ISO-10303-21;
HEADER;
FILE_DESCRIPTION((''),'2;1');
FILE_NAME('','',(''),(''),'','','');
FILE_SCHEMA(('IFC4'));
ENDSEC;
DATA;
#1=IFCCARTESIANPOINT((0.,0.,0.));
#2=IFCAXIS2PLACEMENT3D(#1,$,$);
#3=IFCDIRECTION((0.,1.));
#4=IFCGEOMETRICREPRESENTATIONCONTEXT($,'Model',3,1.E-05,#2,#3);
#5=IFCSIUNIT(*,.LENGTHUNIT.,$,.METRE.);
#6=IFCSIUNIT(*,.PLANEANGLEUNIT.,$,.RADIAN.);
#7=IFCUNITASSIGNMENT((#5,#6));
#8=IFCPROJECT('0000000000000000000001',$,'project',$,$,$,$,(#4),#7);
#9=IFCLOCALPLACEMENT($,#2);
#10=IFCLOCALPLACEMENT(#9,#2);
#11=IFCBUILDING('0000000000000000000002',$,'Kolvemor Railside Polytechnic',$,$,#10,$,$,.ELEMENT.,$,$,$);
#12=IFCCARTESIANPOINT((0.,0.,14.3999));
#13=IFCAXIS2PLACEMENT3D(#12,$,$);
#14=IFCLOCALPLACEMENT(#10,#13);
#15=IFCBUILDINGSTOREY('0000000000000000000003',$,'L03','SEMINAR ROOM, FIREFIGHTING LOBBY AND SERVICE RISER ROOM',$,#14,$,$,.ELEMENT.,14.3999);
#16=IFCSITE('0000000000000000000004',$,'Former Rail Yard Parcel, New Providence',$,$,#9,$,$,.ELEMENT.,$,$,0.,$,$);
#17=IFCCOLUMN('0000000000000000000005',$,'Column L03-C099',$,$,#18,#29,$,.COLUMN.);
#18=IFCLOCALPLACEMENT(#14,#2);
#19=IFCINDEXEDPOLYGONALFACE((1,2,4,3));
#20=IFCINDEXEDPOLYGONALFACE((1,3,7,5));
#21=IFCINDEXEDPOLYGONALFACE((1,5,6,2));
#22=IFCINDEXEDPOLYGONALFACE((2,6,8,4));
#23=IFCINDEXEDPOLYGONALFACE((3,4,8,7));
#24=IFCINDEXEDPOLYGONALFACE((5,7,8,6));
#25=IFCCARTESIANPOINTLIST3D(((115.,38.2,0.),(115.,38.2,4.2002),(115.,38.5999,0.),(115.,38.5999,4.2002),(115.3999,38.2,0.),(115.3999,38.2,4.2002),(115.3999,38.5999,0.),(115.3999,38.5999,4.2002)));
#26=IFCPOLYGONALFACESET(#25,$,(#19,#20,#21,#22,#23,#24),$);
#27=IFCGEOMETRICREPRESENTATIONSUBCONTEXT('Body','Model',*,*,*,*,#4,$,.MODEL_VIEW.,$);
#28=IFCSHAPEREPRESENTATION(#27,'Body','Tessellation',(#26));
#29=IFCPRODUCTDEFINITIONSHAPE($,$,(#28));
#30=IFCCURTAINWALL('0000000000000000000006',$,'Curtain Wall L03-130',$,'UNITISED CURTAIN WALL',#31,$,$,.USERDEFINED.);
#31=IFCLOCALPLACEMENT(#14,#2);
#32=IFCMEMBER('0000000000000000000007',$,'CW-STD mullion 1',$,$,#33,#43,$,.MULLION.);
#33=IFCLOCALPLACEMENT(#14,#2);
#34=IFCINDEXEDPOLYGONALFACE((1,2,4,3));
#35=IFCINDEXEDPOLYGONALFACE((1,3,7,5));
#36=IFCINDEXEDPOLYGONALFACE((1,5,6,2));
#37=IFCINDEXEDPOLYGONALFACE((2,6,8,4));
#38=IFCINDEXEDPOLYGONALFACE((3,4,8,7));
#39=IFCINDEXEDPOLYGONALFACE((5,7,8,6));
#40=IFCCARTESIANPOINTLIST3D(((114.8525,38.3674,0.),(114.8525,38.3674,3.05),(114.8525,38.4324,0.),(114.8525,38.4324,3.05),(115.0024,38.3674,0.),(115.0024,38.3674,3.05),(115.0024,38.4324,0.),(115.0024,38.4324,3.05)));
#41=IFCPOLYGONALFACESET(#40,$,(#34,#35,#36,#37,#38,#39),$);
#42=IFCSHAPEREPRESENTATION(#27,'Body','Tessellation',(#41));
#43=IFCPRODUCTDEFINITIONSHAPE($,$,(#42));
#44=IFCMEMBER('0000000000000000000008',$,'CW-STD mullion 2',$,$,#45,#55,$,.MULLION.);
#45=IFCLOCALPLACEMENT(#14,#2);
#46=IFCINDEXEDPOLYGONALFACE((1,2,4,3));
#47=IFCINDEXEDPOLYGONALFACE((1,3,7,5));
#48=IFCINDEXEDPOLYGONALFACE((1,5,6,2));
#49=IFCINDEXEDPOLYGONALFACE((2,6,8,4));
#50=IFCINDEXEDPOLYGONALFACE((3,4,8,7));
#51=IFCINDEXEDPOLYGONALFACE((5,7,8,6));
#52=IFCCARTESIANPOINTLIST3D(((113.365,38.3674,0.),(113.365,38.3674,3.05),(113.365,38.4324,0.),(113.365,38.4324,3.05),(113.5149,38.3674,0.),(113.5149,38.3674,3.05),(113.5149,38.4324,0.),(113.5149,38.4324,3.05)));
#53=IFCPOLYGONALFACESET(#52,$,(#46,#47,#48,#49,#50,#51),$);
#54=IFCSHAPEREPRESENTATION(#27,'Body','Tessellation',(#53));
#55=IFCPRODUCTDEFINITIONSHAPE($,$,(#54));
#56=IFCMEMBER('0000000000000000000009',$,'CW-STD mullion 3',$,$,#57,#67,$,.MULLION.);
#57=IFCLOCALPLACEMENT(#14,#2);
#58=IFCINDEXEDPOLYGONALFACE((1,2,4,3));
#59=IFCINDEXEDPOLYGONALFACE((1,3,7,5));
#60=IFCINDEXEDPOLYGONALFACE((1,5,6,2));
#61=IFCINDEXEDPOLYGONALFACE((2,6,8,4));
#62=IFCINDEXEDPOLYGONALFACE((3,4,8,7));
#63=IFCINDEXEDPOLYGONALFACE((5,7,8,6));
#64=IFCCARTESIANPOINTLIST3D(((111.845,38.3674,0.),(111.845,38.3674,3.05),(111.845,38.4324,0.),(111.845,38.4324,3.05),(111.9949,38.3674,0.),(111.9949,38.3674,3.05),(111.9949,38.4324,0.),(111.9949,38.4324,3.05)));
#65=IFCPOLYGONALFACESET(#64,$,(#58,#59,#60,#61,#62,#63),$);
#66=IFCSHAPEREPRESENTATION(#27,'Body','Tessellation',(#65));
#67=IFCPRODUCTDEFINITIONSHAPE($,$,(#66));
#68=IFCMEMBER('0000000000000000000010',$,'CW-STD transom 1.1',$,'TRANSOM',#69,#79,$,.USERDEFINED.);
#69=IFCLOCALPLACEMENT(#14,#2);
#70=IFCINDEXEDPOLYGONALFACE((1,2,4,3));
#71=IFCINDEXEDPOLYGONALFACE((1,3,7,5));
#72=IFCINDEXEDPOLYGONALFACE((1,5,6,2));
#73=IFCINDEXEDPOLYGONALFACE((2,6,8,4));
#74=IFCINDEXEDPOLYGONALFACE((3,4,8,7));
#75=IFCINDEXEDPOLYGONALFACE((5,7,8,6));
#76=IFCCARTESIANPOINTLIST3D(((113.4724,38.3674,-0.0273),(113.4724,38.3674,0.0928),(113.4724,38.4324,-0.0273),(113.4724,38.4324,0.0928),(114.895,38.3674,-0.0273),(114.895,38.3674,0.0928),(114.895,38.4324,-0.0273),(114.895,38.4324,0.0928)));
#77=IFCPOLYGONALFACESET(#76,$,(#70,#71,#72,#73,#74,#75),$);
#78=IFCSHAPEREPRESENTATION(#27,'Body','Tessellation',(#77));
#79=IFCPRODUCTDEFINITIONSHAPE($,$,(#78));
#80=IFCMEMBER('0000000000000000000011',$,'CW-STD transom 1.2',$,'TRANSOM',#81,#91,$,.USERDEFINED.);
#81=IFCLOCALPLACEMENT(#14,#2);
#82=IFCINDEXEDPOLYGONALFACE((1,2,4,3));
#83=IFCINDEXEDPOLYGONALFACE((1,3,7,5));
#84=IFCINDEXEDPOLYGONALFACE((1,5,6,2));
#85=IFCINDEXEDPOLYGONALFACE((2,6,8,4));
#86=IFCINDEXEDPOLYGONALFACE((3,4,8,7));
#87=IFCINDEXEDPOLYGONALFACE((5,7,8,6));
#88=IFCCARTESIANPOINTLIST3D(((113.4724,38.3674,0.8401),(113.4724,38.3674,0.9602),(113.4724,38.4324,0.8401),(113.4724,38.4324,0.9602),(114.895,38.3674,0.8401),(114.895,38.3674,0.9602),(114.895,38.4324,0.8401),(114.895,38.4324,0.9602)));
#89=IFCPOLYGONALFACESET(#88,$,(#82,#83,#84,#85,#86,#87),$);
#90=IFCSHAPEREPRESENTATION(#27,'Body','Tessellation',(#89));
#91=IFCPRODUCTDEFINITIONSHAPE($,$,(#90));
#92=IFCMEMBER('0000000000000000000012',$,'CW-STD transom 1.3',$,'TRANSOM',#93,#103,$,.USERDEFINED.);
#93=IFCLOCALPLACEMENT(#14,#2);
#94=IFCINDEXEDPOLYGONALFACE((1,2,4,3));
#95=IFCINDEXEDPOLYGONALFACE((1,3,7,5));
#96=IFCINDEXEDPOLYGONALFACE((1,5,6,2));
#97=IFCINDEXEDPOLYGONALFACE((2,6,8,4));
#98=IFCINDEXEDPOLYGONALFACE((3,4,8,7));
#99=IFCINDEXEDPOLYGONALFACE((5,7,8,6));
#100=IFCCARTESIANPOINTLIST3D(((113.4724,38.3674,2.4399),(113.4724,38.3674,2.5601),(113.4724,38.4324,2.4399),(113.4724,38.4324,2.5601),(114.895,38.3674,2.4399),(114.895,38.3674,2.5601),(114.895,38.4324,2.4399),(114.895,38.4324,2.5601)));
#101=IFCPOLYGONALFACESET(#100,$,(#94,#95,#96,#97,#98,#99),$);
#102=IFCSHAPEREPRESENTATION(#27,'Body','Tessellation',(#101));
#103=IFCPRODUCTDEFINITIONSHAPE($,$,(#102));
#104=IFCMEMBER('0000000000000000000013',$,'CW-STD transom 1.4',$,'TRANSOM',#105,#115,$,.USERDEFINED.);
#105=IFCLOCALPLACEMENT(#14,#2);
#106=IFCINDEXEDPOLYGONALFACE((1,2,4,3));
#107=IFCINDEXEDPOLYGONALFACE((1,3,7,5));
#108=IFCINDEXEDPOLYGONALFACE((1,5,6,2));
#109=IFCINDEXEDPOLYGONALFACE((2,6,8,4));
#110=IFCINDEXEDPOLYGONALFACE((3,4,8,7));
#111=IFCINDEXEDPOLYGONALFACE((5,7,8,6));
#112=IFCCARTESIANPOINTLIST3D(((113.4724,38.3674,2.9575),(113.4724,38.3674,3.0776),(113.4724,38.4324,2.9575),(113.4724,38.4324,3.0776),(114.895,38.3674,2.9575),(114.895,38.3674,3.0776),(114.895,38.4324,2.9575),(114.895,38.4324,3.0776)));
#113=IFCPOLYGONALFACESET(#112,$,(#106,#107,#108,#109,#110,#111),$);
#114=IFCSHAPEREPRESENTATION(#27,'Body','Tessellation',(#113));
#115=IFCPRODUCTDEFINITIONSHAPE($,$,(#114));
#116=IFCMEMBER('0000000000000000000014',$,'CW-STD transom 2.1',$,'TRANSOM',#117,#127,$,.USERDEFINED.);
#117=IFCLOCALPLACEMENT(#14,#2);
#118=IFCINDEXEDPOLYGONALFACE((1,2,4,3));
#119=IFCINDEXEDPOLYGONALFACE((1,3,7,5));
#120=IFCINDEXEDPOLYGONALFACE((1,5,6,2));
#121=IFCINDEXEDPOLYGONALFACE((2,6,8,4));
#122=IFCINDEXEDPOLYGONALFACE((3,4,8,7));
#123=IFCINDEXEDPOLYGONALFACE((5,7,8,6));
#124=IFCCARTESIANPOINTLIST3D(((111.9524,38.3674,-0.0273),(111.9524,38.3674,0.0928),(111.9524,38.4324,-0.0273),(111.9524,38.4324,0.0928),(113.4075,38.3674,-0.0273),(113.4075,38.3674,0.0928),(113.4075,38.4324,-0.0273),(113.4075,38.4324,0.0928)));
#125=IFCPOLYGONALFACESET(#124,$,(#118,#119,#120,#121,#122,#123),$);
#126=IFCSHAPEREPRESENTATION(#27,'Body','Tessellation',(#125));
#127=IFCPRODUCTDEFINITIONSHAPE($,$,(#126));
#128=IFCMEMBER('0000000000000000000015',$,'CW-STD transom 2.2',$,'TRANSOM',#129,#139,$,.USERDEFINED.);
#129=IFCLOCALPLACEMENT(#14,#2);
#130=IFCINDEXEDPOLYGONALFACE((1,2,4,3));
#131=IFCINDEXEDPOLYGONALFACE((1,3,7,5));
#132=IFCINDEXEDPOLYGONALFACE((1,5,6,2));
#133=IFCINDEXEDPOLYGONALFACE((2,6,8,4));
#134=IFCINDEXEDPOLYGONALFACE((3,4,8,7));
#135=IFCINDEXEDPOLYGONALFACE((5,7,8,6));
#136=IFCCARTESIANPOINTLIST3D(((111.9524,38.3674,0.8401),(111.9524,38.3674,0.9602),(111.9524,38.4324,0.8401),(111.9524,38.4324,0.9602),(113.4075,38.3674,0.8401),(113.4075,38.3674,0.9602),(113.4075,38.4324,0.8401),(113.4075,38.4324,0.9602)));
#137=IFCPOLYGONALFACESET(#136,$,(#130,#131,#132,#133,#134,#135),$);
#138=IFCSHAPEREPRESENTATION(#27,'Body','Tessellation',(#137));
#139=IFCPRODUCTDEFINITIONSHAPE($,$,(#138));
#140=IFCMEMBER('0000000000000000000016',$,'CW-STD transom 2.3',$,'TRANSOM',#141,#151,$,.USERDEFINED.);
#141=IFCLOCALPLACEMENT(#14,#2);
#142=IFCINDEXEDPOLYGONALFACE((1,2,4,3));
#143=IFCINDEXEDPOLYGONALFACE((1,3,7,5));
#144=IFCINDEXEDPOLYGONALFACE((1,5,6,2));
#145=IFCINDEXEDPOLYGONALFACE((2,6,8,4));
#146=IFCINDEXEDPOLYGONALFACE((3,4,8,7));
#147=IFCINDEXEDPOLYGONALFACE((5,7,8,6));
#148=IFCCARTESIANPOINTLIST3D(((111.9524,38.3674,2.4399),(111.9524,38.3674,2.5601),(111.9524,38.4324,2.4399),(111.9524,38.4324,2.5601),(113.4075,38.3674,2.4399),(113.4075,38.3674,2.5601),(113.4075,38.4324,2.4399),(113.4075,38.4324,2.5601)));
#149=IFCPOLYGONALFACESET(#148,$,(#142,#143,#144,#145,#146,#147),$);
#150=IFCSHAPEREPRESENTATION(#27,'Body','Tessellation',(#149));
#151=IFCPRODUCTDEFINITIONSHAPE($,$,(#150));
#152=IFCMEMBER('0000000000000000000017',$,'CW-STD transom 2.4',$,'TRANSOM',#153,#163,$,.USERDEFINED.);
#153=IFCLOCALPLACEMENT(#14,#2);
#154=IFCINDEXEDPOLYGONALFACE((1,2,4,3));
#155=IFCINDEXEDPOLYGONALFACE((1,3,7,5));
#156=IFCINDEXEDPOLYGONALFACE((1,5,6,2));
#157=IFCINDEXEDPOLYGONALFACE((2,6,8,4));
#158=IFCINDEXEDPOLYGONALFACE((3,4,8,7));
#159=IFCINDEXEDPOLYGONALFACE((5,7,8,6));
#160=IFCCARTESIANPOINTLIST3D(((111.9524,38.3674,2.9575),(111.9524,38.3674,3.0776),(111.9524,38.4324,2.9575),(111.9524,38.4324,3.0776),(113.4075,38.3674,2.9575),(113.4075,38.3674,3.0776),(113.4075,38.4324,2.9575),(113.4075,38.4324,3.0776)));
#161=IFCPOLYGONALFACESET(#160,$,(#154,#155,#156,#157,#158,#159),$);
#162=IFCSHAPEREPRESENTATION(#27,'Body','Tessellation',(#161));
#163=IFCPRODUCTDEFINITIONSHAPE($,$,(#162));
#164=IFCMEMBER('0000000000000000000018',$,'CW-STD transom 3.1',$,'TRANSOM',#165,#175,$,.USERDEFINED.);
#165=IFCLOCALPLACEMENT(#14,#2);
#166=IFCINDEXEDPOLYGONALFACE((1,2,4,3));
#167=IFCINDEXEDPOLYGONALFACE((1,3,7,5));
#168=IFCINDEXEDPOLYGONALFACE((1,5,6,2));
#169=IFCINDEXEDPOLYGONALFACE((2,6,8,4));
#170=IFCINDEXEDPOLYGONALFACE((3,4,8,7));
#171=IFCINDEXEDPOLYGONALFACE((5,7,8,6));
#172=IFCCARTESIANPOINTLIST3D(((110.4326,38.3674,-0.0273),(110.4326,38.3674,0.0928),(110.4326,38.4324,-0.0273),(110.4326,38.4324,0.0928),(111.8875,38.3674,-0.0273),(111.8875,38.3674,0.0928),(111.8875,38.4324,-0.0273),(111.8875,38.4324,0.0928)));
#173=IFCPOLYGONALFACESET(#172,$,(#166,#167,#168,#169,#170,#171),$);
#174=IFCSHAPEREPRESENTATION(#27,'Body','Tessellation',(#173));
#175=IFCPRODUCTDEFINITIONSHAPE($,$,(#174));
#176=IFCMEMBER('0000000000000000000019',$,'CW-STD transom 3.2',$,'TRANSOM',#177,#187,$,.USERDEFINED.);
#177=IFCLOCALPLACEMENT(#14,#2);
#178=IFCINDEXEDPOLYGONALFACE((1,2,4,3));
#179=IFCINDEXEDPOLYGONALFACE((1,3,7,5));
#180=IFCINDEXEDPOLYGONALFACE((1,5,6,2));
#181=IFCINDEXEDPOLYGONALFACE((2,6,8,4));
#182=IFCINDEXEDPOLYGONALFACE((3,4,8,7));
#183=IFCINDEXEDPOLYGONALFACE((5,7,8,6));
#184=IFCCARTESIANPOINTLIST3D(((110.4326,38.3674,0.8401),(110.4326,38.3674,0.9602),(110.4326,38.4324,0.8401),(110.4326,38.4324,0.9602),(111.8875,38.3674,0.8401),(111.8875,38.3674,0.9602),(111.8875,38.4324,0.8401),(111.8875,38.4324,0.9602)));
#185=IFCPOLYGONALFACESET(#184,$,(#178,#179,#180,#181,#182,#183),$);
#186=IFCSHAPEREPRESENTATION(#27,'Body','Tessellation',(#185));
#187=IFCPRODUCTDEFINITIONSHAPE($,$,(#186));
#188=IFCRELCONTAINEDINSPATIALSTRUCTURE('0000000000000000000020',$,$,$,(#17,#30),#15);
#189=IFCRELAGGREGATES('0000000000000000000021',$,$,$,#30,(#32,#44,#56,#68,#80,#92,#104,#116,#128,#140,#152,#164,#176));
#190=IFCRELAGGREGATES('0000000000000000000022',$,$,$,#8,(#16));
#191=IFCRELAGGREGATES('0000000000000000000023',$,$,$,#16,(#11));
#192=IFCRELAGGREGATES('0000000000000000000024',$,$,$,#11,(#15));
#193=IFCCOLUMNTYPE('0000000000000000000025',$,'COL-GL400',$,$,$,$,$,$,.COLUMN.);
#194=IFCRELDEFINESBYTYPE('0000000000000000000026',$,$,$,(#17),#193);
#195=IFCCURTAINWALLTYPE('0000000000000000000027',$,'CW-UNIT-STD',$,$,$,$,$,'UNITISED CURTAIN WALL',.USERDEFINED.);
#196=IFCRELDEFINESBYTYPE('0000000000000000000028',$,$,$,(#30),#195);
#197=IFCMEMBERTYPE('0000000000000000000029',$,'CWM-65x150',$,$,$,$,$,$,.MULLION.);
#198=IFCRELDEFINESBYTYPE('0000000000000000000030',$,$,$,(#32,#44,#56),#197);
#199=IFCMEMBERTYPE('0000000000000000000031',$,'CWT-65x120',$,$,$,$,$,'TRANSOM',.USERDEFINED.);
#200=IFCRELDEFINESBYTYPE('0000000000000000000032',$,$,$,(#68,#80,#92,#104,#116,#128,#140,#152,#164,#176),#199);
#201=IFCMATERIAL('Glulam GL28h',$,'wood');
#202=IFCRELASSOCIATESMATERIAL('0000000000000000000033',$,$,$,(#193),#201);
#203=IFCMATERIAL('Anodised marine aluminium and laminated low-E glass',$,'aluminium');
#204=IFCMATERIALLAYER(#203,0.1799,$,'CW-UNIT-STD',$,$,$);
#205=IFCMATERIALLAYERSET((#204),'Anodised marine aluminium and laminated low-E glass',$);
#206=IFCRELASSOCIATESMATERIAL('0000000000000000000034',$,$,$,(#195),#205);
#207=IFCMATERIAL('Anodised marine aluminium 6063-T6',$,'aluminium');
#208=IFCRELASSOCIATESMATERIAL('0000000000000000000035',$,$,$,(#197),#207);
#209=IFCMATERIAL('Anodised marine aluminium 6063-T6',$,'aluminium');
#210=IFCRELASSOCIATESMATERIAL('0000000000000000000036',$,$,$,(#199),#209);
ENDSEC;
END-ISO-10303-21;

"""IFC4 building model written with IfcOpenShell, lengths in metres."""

from ifc_helpers import new_model, si_unit, direction, frame, origin, origin_2d, place, context, subcontext, project, spatial, rectangle, extrude, material, layer, layer_set, material_profile, profile_set, type_object, element, aggregate, save


model = new_model("IFC4")

# Units and contexts
model_context = context("Model", 3, precision=1e-05, world=origin(), true_north=direction((0.0, 1.0)))
body_context = subcontext(model_context, "Body", "Model", "MODEL_VIEW")
ifc_project = project(units=[si_unit("LENGTHUNIT", "METRE"), si_unit("PLANEANGLEUNIT", "RADIAN")], contexts=[model_context])

# Site, building, storey
site_placement = place(None, origin())
site = spatial("IfcSite", under=ifc_project, at=site_placement, Name="Former Rail Yard Parcel, New Providence", CompositionType="ELEMENT", RefElevation=0.0)
building_placement = place(site_placement, origin())
building = spatial("IfcBuilding", under=site, at=building_placement, Name="Kolvemor Railside Polytechnic", CompositionType="ELEMENT")
storey_placement = place(building_placement, frame((0.0, 0.0, 14.3999)))
storey = spatial("IfcBuildingStorey", under=building, at=storey_placement, Name="L03", Description="SEMINAR ROOM, FIREFIGHTING LOBBY AND SERVICE RISER ROOM", CompositionType="ELEMENT", Elevation=14.3999)

# Column
ifc_material_1 = material(Name="Glulam GL28h", Category="wood")
ifc_material_profile_1 = material_profile(ifc_material_1, rectangle(XDim=0.3999, YDim=0.3999, at=origin_2d()), Name="GL400x400")
ifc_profile_set_1 = profile_set([ifc_material_profile_1], Name="Glulam GL28h")
column_type = type_object("IfcColumnType", Name="COL-GL400", PredefinedType="COLUMN", material=ifc_profile_set_1)
column_placement = place(storey_placement, frame((115.2, 38.3999, 0.0), z_axis=(0.0, 0.0, 1.0), x_axis=(1.0, 0.0, 0.0)))
element("IfcColumn", 1, at=column_placement, inside=storey, type_object=column_type, Name="Column L03-C099", PredefinedType="COLUMN", context=body_context, shape_type="SweptSolid", body=[
    extrude(rectangle(XDim=0.3999, YDim=0.3999, at=origin_2d()), origin(), (0.0, 0.0, 1.0), 4.2002),
])

# Curtain wall, members
ifc_material_2 = material(Name="Anodised marine aluminium and laminated low-E glass", Category="aluminium")
ifc_layer_1 = layer(ifc_material_2, 0.1799, Name="CW-UNIT-STD")
ifc_layer_set_1 = layer_set([ifc_layer_1], Name="Anodised marine aluminium and laminated low-E glass")
curtain_wall_type = type_object("IfcCurtainWallType", Name="CW-UNIT-STD", ElementType="UNITISED CURTAIN WALL", PredefinedType="USERDEFINED", material=ifc_layer_set_1)
curtain_wall_placement = place(storey_placement, origin())
curtain_wall = element("IfcCurtainWall", 2, at=curtain_wall_placement, inside=storey, type_object=curtain_wall_type, Name="Curtain Wall L03-130", ObjectType="UNITISED CURTAIN WALL", PredefinedType="USERDEFINED")
ifc_material_3 = material(Name="Anodised marine aluminium 6063-T6", Category="aluminium")
ifc_material_profile_2 = material_profile(ifc_material_3, rectangle(XDim=0.0649, YDim=0.1499, at=origin_2d()), Name="CW-MUL-65x150")
ifc_profile_set_2 = profile_set([ifc_material_profile_2], Name="Anodised marine aluminium 6063-T6")
member_type_1 = type_object("IfcMemberType", Name="CWM-65x150", PredefinedType="MULLION", material=ifc_profile_set_2)
member_1_placement = place(storey_placement, frame((114.9275, 38.3999, 0.0), z_axis=(0.0, 0.0, 1.0), x_axis=(0.0, -1.0, 0.0)))
member_1 = element("IfcMember", 3, at=member_1_placement, type_object=member_type_1, Name="CW-STD mullion 1", PredefinedType="MULLION", context=body_context, shape_type="SweptSolid", body=[
    extrude(rectangle(XDim=0.0649, YDim=0.1499, at=origin_2d()), origin(), (0.0, 0.0, 1.0), 3.05),
])
member_2_placement = place(storey_placement, frame((113.4399, 38.3999, 0.0), z_axis=(0.0, 0.0, 1.0), x_axis=(0.0, -1.0, 0.0)))
member_2 = element("IfcMember", 4, at=member_2_placement, type_object=member_type_1, Name="CW-STD mullion 2", PredefinedType="MULLION", context=body_context, shape_type="SweptSolid", body=[
    extrude(rectangle(XDim=0.0649, YDim=0.1499, at=origin_2d()), origin(), (0.0, 0.0, 1.0), 3.05),
])
member_3_placement = place(storey_placement, frame((111.9199, 38.3999, 0.0), z_axis=(0.0, 0.0, 1.0), x_axis=(0.0, -1.0, 0.0)))
member_3 = element("IfcMember", 5, at=member_3_placement, type_object=member_type_1, Name="CW-STD mullion 3", PredefinedType="MULLION", context=body_context, shape_type="SweptSolid", body=[
    extrude(rectangle(XDim=0.0649, YDim=0.1499, at=origin_2d()), origin(), (0.0, 0.0, 1.0), 3.05),
])
ifc_material_4 = material(Name="Anodised marine aluminium 6063-T6", Category="aluminium")
ifc_material_profile_3 = material_profile(ifc_material_4, rectangle(XDim=0.0649, YDim=0.1201, at=origin_2d()), Name="CW-TRN-65x120")
ifc_profile_set_3 = profile_set([ifc_material_profile_3], Name="Anodised marine aluminium 6063-T6")
member_type_2 = type_object("IfcMemberType", Name="CWT-65x120", ElementType="TRANSOM", PredefinedType="USERDEFINED", material=ifc_profile_set_3)
member_4_placement = place(storey_placement, frame((114.895, 38.3999, 0.0327), z_axis=(-1.0, 0.0, 0.0), x_axis=(0.0, -1.0, 0.0)))
member_4 = element("IfcMember", 6, at=member_4_placement, type_object=member_type_2, Name="CW-STD transom 1.1", ObjectType="TRANSOM", PredefinedType="USERDEFINED", context=body_context, shape_type="SweptSolid", body=[
    extrude(rectangle(XDim=0.0649, YDim=0.1201, at=origin_2d()), origin(), (0.0, 0.0, 1.0), 1.4226),
])
member_5_placement = place(storey_placement, frame((114.895, 38.3999, 0.9001), z_axis=(-1.0, 0.0, 0.0), x_axis=(0.0, -1.0, 0.0)))
member_5 = element("IfcMember", 7, at=member_5_placement, type_object=member_type_2, Name="CW-STD transom 1.2", ObjectType="TRANSOM", PredefinedType="USERDEFINED", context=body_context, shape_type="SweptSolid", body=[
    extrude(rectangle(XDim=0.0649, YDim=0.1201, at=origin_2d()), origin(), (0.0, 0.0, 1.0), 1.4226),
])
member_6_placement = place(storey_placement, frame((114.895, 38.3999, 2.5), z_axis=(-1.0, 0.0, 0.0), x_axis=(0.0, -1.0, 0.0)))
member_6 = element("IfcMember", 8, at=member_6_placement, type_object=member_type_2, Name="CW-STD transom 1.3", ObjectType="TRANSOM", PredefinedType="USERDEFINED", context=body_context, shape_type="SweptSolid", body=[
    extrude(rectangle(XDim=0.0649, YDim=0.1201, at=origin_2d()), origin(), (0.0, 0.0, 1.0), 1.4226),
])
member_7_placement = place(storey_placement, frame((114.895, 38.3999, 3.0176), z_axis=(-1.0, 0.0, 0.0), x_axis=(0.0, -1.0, 0.0)))
member_7 = element("IfcMember", 9, at=member_7_placement, type_object=member_type_2, Name="CW-STD transom 1.4", ObjectType="TRANSOM", PredefinedType="USERDEFINED", context=body_context, shape_type="SweptSolid", body=[
    extrude(rectangle(XDim=0.0649, YDim=0.1201, at=origin_2d()), origin(), (0.0, 0.0, 1.0), 1.4226),
])
member_8_placement = place(storey_placement, frame((113.4075, 38.3999, 0.0327), z_axis=(-1.0, 0.0, 0.0), x_axis=(0.0, -1.0, 0.0)))
member_8 = element("IfcMember", 10, at=member_8_placement, type_object=member_type_2, Name="CW-STD transom 2.1", ObjectType="TRANSOM", PredefinedType="USERDEFINED", context=body_context, shape_type="SweptSolid", body=[
    extrude(rectangle(XDim=0.0649, YDim=0.1201, at=origin_2d()), origin(), (0.0, 0.0, 1.0), 1.4551),
])
member_9_placement = place(storey_placement, frame((113.4075, 38.3999, 0.9001), z_axis=(-1.0, 0.0, 0.0), x_axis=(0.0, -1.0, 0.0)))
member_9 = element("IfcMember", 11, at=member_9_placement, type_object=member_type_2, Name="CW-STD transom 2.2", ObjectType="TRANSOM", PredefinedType="USERDEFINED", context=body_context, shape_type="SweptSolid", body=[
    extrude(rectangle(XDim=0.0649, YDim=0.1201, at=origin_2d()), origin(), (0.0, 0.0, 1.0), 1.4551),
])
member_10_placement = place(storey_placement, frame((113.4075, 38.3999, 2.5), z_axis=(-1.0, 0.0, 0.0), x_axis=(0.0, -1.0, 0.0)))
member_10 = element("IfcMember", 12, at=member_10_placement, type_object=member_type_2, Name="CW-STD transom 2.3", ObjectType="TRANSOM", PredefinedType="USERDEFINED", context=body_context, shape_type="SweptSolid", body=[
    extrude(rectangle(XDim=0.0649, YDim=0.1201, at=origin_2d()), origin(), (0.0, 0.0, 1.0), 1.4551),
])
member_11_placement = place(storey_placement, frame((113.4075, 38.3999, 3.0176), z_axis=(-1.0, 0.0, 0.0), x_axis=(0.0, -1.0, 0.0)))
member_11 = element("IfcMember", 13, at=member_11_placement, type_object=member_type_2, Name="CW-STD transom 2.4", ObjectType="TRANSOM", PredefinedType="USERDEFINED", context=body_context, shape_type="SweptSolid", body=[
    extrude(rectangle(XDim=0.0649, YDim=0.1201, at=origin_2d()), origin(), (0.0, 0.0, 1.0), 1.4551),
])
member_12_placement = place(storey_placement, frame((111.8875, 38.3999, 0.0327), z_axis=(-1.0, 0.0, 0.0), x_axis=(0.0, -1.0, 0.0)))
member_12 = element("IfcMember", 14, at=member_12_placement, type_object=member_type_2, Name="CW-STD transom 3.1", ObjectType="TRANSOM", PredefinedType="USERDEFINED", context=body_context, shape_type="SweptSolid", body=[
    extrude(rectangle(XDim=0.0649, YDim=0.1201, at=origin_2d()), origin(), (0.0, 0.0, 1.0), 1.4548),
])
member_13_placement = place(storey_placement, frame((111.8875, 38.3999, 0.9001), z_axis=(-1.0, 0.0, 0.0), x_axis=(0.0, -1.0, 0.0)))
member_13 = element("IfcMember", 15, at=member_13_placement, type_object=member_type_2, Name="CW-STD transom 3.2", ObjectType="TRANSOM", PredefinedType="USERDEFINED", context=body_context, shape_type="SweptSolid", body=[
    extrude(rectangle(XDim=0.0649, YDim=0.1201, at=origin_2d()), origin(), (0.0, 0.0, 1.0), 1.4548),
])
aggregate(curtain_wall, [member_1, member_2, member_3, member_4, member_5, member_6, member_7, member_8, member_9, member_10, member_11, member_12, member_13])

save(model, "model.ifc")
